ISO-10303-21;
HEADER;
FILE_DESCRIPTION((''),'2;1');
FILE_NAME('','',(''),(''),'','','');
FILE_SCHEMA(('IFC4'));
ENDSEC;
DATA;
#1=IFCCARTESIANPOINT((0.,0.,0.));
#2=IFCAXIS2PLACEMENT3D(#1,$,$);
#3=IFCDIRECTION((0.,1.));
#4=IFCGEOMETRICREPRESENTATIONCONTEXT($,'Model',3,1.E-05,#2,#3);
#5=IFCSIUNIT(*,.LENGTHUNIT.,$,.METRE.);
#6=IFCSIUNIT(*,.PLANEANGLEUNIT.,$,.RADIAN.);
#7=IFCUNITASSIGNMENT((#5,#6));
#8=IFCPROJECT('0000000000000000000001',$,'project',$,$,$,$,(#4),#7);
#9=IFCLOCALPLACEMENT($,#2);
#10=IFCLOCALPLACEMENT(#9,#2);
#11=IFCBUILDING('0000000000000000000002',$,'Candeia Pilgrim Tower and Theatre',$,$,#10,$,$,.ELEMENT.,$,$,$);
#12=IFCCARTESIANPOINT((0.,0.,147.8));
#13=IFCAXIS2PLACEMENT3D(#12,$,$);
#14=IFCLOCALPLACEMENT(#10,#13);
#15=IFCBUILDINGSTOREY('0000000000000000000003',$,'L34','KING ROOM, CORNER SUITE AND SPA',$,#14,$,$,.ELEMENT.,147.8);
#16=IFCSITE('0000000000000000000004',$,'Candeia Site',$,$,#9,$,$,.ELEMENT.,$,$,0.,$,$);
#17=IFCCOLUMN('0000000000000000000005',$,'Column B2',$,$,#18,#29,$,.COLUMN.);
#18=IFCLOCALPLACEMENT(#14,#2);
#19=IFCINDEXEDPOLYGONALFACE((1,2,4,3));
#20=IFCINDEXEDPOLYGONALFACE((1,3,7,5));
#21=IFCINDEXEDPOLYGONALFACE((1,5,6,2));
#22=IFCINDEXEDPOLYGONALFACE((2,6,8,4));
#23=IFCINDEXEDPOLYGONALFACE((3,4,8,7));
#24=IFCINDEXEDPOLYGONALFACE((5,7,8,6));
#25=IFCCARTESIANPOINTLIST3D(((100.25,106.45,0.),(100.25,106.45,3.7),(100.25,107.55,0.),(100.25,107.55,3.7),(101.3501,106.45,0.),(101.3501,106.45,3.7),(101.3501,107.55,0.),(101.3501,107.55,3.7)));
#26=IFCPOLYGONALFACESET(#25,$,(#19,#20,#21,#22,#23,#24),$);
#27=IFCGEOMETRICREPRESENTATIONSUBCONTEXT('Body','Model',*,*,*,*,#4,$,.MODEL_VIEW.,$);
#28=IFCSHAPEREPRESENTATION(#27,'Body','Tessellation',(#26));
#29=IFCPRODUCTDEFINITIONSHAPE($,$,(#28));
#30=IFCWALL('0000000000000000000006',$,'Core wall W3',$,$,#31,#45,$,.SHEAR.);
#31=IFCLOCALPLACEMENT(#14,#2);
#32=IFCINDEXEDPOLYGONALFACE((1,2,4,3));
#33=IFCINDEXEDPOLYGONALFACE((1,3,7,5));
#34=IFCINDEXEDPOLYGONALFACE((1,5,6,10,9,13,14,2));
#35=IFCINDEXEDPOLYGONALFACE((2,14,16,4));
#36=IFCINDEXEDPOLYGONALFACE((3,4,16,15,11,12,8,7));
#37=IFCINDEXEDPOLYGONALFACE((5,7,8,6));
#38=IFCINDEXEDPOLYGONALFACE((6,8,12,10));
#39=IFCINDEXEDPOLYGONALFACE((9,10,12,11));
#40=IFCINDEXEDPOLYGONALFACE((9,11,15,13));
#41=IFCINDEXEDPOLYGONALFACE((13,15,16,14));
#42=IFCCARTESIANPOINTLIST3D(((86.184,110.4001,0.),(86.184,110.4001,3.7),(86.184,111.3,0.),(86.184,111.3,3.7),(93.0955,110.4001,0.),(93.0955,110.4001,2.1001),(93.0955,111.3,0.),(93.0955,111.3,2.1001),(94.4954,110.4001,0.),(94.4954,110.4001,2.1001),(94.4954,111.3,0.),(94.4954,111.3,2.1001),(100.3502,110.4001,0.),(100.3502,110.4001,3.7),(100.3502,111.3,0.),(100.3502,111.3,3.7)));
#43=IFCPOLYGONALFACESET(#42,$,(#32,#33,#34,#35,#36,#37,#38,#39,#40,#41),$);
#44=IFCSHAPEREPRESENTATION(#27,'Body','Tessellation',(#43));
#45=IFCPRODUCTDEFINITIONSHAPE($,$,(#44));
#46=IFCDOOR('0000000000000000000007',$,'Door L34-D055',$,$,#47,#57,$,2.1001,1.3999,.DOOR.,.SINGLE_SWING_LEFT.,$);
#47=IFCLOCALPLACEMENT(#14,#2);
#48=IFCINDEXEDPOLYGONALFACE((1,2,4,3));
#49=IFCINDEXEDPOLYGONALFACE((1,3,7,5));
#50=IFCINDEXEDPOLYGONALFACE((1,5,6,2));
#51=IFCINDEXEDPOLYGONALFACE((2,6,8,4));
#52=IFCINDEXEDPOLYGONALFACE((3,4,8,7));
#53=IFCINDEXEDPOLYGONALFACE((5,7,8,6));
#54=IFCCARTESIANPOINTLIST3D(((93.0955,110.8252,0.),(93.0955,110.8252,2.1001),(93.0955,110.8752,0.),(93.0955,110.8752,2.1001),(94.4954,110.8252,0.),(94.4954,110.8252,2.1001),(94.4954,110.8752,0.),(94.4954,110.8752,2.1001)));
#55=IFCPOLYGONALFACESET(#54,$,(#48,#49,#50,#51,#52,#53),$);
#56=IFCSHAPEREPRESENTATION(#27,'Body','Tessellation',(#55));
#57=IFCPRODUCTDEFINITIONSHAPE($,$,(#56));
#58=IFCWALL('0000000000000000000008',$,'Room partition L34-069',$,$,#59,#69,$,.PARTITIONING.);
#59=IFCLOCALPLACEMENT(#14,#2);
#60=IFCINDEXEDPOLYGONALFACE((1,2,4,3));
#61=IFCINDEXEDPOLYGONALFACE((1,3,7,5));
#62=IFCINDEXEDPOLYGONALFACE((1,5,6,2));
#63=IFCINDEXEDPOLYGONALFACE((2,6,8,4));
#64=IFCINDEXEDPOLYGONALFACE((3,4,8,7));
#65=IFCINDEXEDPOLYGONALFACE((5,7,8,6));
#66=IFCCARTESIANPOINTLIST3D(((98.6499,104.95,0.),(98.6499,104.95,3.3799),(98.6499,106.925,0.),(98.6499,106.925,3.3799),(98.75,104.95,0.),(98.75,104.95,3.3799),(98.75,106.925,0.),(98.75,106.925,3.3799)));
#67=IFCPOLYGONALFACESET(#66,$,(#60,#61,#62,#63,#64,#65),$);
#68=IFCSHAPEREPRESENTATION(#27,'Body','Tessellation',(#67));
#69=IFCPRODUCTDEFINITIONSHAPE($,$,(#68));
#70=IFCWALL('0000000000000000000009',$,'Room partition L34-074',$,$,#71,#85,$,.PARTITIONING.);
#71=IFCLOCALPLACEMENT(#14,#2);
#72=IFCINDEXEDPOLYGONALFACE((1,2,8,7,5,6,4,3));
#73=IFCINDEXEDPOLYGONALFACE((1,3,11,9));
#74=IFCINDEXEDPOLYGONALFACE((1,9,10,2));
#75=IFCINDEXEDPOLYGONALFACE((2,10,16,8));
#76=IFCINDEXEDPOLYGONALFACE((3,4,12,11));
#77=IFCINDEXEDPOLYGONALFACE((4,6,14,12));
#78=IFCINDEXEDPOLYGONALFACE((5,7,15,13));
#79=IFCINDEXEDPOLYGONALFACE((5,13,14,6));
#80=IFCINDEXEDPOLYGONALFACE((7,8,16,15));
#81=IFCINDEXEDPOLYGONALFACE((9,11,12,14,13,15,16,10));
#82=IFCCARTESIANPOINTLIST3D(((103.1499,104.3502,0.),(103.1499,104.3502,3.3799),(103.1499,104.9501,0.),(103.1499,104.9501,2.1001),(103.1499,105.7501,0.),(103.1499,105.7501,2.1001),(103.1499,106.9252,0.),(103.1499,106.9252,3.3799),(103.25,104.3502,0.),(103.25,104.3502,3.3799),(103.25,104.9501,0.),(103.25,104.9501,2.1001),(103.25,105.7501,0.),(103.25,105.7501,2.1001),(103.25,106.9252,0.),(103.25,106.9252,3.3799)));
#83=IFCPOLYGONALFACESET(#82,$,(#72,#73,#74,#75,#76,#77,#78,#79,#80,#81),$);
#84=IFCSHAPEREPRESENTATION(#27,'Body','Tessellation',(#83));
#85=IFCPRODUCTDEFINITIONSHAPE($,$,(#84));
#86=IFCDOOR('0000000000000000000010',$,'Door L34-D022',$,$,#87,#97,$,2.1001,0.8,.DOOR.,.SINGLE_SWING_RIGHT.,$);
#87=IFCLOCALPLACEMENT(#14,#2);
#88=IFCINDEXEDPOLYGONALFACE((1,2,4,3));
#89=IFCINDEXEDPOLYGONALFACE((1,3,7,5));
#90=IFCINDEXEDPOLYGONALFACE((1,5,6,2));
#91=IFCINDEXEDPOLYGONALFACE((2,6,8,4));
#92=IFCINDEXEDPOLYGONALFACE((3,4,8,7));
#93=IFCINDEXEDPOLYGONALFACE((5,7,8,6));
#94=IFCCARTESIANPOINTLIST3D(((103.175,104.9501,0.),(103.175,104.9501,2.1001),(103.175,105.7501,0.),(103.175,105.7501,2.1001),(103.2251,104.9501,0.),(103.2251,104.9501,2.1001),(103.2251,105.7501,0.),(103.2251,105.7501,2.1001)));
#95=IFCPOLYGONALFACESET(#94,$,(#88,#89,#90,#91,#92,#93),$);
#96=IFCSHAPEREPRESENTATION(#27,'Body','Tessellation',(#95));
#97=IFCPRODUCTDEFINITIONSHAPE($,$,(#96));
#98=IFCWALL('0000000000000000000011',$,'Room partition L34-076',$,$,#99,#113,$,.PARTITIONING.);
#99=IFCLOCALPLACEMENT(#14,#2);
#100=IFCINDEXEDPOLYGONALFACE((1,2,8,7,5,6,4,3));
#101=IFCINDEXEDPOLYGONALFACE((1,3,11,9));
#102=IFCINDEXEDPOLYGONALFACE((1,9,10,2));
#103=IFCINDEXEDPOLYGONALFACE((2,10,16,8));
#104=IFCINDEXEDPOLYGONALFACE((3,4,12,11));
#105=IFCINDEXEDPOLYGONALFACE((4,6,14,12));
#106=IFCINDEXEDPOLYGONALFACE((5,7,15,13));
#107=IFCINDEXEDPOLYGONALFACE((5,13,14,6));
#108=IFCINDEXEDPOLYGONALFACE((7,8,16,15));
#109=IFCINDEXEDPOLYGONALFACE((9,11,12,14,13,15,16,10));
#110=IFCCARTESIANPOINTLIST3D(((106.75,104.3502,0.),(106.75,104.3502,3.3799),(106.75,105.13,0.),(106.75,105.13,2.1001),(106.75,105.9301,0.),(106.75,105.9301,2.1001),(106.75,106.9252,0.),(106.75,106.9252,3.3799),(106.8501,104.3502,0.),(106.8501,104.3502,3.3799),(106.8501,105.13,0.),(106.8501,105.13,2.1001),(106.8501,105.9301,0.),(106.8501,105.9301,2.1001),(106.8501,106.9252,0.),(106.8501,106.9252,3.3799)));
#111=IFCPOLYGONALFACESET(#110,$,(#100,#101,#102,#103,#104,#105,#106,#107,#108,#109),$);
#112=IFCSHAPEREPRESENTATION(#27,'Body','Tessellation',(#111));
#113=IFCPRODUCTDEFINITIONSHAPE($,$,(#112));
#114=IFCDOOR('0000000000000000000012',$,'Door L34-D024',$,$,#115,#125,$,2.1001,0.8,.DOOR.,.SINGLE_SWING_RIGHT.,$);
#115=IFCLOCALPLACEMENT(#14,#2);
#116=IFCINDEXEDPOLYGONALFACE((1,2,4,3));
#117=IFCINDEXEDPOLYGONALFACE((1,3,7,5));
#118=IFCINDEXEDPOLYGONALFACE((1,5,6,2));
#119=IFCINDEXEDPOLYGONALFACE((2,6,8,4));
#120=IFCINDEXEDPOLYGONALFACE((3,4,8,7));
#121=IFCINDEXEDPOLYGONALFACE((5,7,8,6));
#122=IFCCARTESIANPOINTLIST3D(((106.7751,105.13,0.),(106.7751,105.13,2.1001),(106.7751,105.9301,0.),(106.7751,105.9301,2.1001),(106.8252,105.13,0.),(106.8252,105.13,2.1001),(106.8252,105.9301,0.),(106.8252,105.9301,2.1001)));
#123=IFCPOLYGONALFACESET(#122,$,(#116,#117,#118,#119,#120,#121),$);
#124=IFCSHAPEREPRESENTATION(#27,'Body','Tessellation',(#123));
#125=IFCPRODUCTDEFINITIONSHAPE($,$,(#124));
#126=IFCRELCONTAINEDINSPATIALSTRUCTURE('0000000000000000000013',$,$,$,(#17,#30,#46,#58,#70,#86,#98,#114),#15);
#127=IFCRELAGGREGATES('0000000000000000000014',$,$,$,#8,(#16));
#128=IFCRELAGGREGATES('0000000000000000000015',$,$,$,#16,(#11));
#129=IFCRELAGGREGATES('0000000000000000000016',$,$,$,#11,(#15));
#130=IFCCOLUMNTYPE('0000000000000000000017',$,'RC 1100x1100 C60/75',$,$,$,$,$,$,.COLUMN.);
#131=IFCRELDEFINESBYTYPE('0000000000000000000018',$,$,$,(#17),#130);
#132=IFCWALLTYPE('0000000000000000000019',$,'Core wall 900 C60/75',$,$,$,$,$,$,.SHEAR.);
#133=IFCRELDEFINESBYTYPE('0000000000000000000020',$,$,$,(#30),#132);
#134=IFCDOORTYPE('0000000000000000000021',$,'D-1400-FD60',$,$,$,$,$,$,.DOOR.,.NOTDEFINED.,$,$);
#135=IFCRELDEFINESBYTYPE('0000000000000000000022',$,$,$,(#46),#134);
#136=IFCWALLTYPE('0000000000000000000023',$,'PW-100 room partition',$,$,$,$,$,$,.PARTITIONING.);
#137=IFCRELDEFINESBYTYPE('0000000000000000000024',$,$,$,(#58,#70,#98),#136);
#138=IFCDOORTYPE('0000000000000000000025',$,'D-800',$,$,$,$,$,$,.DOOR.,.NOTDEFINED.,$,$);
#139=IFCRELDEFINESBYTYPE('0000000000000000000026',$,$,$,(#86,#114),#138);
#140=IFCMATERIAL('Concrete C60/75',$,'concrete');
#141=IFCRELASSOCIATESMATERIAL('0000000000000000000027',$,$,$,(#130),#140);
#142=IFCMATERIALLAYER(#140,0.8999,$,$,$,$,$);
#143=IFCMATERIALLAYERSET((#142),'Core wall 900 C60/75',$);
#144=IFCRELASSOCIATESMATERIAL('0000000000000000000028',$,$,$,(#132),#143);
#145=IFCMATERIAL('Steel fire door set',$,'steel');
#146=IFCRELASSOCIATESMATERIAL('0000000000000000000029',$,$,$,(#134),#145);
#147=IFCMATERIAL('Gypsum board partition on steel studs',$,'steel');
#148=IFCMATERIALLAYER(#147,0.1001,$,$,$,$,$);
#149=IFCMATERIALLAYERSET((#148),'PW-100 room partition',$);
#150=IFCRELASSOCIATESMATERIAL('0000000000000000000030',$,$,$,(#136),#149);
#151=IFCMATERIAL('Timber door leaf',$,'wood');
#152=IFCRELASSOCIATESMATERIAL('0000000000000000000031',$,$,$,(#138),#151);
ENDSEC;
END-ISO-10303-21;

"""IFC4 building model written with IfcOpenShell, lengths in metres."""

from ifc_helpers import new_model, si_unit, direction, frame, frame_2d, origin, origin_2d, place, context, subcontext, project, spatial, rectangle, extrude, material, layer, layer_set, material_profile, profile_set, type_object, element, fill, save


model = new_model("IFC4")

# Units and contexts
model_context = context("Model", 3, precision=1e-05, world=origin(), true_north=direction((0.0, 1.0)))
body_context = subcontext(model_context, "Body", "Model", "MODEL_VIEW")
ifc_project = project(units=[si_unit("LENGTHUNIT", "METRE"), si_unit("PLANEANGLEUNIT", "RADIAN")], contexts=[model_context])

# Site, building, storey
site_placement = place(None, origin())
site = spatial("IfcSite", under=ifc_project, at=site_placement, Name="Candeia Site", CompositionType="ELEMENT", RefElevation=0.0)
building_placement = place(site_placement, origin())
building = spatial("IfcBuilding", under=site, at=building_placement, Name="Candeia Pilgrim Tower and Theatre", CompositionType="ELEMENT")
storey_placement = place(building_placement, frame((0.0, 0.0, 147.8)))
storey = spatial("IfcBuildingStorey", under=building, at=storey_placement, Name="L34", Description="KING ROOM, CORNER SUITE AND SPA", CompositionType="ELEMENT", Elevation=147.8)

# Column
ifc_material_1 = material(Name="Concrete C60/75", Category="concrete")
ifc_material_profile = material_profile(ifc_material_1, rectangle(XDim=1.1001, YDim=1.1001, at=origin_2d()))
ifc_profile_set = profile_set([ifc_material_profile], Name="Concrete C60/75")
column_type = type_object("IfcColumnType", Name="RC 1100x1100 C60/75", PredefinedType="COLUMN", material=ifc_profile_set)
column_placement = place(storey_placement, frame((100.8, 107.0, 0.0), z_axis=(0.0, 0.0, 1.0), x_axis=(1.0, 0.0, 0.0)))
element("IfcColumn", 1, at=column_placement, inside=storey, type_object=column_type, Name="Column B2", PredefinedType="COLUMN", context=body_context, shape_type="SweptSolid", body=[
    extrude(rectangle(XDim=1.1001, YDim=1.1001, at=origin_2d()), origin(), (0.0, 0.0, 1.0), 3.7),
])

# Wall, opening, door
ifc_layer_1 = layer(ifc_material_1, 0.8999)
ifc_layer_set_1 = layer_set([ifc_layer_1], Name="Core wall 900 C60/75")
wall_type_1 = type_object("IfcWallType", Name="Core wall 900 C60/75", PredefinedType="SHEAR", material=ifc_layer_set_1)
wall_1_placement = place(storey_placement, frame((100.3501, 110.8501, 0.0), z_axis=(0.0, 0.0, 1.0), x_axis=(-1.0, 0.0, 0.0)))
wall_1 = element("IfcWall", 2, at=wall_1_placement, inside=storey, type_object=wall_type_1, Name="Core wall W3", PredefinedType="SHEAR", context=body_context, shape_type="SweptSolid", body=[
    extrude(rectangle(XDim=14.1663, YDim=0.8999, at=frame_2d((7.083, 0.0))), origin(), (0.0, 0.0, 1.0), 3.7),
])
opening_1_placement = place(wall_1_placement, frame((5.8547, 0.0, 0.0)))
opening_1 = element("IfcOpeningElement", 3, at=opening_1_placement, cuts=wall_1, PredefinedType="OPENING", context=body_context, shape_type="SweptSolid", body=[
    extrude(rectangle(XDim=1.3999, YDim=2.1001, at=frame_2d((0.7, 1.05))), frame((0.0, 0.46, 0.0), z_axis=(0.0, -1.0, 0.0), x_axis=(1.0, 0.0, 0.0)), (0.0, 0.0, 1.0), 0.9199),
])
ifc_material_2 = material(Name="Steel fire door set", Category="steel")
door_type_1 = type_object("IfcDoorType", Name="D-1400-FD60", OperationType="NOTDEFINED", PredefinedType="DOOR", material=ifc_material_2)
door_1_placement = place(opening_1_placement, origin())
door_1 = element("IfcDoor", 4, at=door_1_placement, inside=storey, type_object=door_type_1, Name="Door L34-D055", OperationType="SINGLE_SWING_LEFT", OverallHeight=2.1001, OverallWidth=1.3999, PredefinedType="DOOR", context=body_context, shape_type="SweptSolid", body=[
    extrude(rectangle(XDim=1.3999, YDim=2.1001, at=frame_2d((0.7, 1.05))), frame((0.0, 0.0249, 0.0), z_axis=(0.0, -1.0, 0.0), x_axis=(1.0, 0.0, 0.0)), (0.0, 0.0, 1.0), 0.05),
])
fill(opening_1, door_1)

# Wall
ifc_material_3 = material(Name="Gypsum board partition on steel studs", Category="steel")
ifc_layer_2 = layer(ifc_material_3, 0.1001)
ifc_layer_set_2 = layer_set([ifc_layer_2], Name="PW-100 room partition")
wall_type_2 = type_object("IfcWallType", Name="PW-100 room partition", PredefinedType="PARTITIONING", material=ifc_layer_set_2)
wall_2_placement = place(storey_placement, frame((98.7, 104.95, 0.0), z_axis=(0.0, 0.0, 1.0), x_axis=(0.0, 1.0, 0.0)))
element("IfcWall", 5, at=wall_2_placement, inside=storey, type_object=wall_type_2, Name="Room partition L34-069", PredefinedType="PARTITIONING", context=body_context, shape_type="SweptSolid", body=[
    extrude(rectangle(XDim=1.9751, YDim=0.1001, at=frame_2d((0.9875, 0.0))), origin(), (0.0, 0.0, 1.0), 3.3799),
])

# Walls, openings, doors
wall_3_placement = place(storey_placement, frame((103.2, 104.3501, 0.0), z_axis=(0.0, 0.0, 1.0), x_axis=(0.0, 1.0, 0.0)))
wall_3 = element("IfcWall", 6, at=wall_3_placement, inside=storey, type_object=wall_type_2, Name="Room partition L34-074", PredefinedType="PARTITIONING", context=body_context, shape_type="SweptSolid", body=[
    extrude(rectangle(XDim=2.575, YDim=0.1001, at=frame_2d((1.2876, 0.0))), origin(), (0.0, 0.0, 1.0), 3.3799),
])
opening_2_placement = place(wall_3_placement, frame((0.6001, 0.0, 0.0)))
opening_2 = element("IfcOpeningElement", 7, at=opening_2_placement, cuts=wall_3, PredefinedType="OPENING", context=body_context, shape_type="SweptSolid", body=[
    extrude(rectangle(XDim=0.8, YDim=2.1001, at=frame_2d((0.3999, 1.05))), frame((0.0, 0.0601, 0.0), z_axis=(0.0, -1.0, 0.0), x_axis=(1.0, 0.0, 0.0)), (0.0, 0.0, 1.0), 0.1201),
])
ifc_material_4 = material(Name="Timber door leaf", Category="wood")
door_type_2 = type_object("IfcDoorType", Name="D-800", OperationType="NOTDEFINED", PredefinedType="DOOR", material=ifc_material_4)
door_2_placement = place(opening_2_placement, origin())
door_2 = element("IfcDoor", 8, at=door_2_placement, inside=storey, type_object=door_type_2, Name="Door L34-D022", OperationType="SINGLE_SWING_RIGHT", OverallHeight=2.1001, OverallWidth=0.8, PredefinedType="DOOR", context=body_context, shape_type="SweptSolid", body=[
    extrude(rectangle(XDim=0.8, YDim=2.1001, at=frame_2d((0.3999, 1.05))), frame((0.0, 0.0249, 0.0), z_axis=(0.0, -1.0, 0.0), x_axis=(1.0, 0.0, 0.0)), (0.0, 0.0, 1.0), 0.05),
])
fill(opening_2, door_2)
wall_4_placement = place(storey_placement, frame((106.8, 104.3501, 0.0), z_axis=(0.0, 0.0, 1.0), x_axis=(0.0, 1.0, 0.0)))
wall_4 = element("IfcWall", 9, at=wall_4_placement, inside=storey, type_object=wall_type_2, Name="Room partition L34-076", PredefinedType="PARTITIONING", context=body_context, shape_type="SweptSolid", body=[
    extrude(rectangle(XDim=2.575, YDim=0.1001, at=frame_2d((1.2876, 0.0))), origin(), (0.0, 0.0, 1.0), 3.3799),
])
opening_3_placement = place(wall_4_placement, frame((0.78, 0.0, 0.0)))
opening_3 = element("IfcOpeningElement", 10, at=opening_3_placement, cuts=wall_4, PredefinedType="OPENING", context=body_context, shape_type="SweptSolid", body=[
    extrude(rectangle(XDim=0.8, YDim=2.1001, at=frame_2d((0.3999, 1.05))), frame((0.0, 0.0601, 0.0), z_axis=(0.0, -1.0, 0.0), x_axis=(1.0, 0.0, 0.0)), (0.0, 0.0, 1.0), 0.1201),
])
door_3_placement = place(opening_3_placement, origin())
door_3 = element("IfcDoor", 11, at=door_3_placement, inside=storey, type_object=door_type_2, Name="Door L34-D024", OperationType="SINGLE_SWING_RIGHT", OverallHeight=2.1001, OverallWidth=0.8, PredefinedType="DOOR", context=body_context, shape_type="SweptSolid", body=[
    extrude(rectangle(XDim=0.8, YDim=2.1001, at=frame_2d((0.3999, 1.05))), frame((0.0, 0.0249, 0.0), z_axis=(0.0, -1.0, 0.0), x_axis=(1.0, 0.0, 0.0)), (0.0, 0.0, 1.0), 0.05),
])
fill(opening_3, door_3)

save(model, "model.ifc")
